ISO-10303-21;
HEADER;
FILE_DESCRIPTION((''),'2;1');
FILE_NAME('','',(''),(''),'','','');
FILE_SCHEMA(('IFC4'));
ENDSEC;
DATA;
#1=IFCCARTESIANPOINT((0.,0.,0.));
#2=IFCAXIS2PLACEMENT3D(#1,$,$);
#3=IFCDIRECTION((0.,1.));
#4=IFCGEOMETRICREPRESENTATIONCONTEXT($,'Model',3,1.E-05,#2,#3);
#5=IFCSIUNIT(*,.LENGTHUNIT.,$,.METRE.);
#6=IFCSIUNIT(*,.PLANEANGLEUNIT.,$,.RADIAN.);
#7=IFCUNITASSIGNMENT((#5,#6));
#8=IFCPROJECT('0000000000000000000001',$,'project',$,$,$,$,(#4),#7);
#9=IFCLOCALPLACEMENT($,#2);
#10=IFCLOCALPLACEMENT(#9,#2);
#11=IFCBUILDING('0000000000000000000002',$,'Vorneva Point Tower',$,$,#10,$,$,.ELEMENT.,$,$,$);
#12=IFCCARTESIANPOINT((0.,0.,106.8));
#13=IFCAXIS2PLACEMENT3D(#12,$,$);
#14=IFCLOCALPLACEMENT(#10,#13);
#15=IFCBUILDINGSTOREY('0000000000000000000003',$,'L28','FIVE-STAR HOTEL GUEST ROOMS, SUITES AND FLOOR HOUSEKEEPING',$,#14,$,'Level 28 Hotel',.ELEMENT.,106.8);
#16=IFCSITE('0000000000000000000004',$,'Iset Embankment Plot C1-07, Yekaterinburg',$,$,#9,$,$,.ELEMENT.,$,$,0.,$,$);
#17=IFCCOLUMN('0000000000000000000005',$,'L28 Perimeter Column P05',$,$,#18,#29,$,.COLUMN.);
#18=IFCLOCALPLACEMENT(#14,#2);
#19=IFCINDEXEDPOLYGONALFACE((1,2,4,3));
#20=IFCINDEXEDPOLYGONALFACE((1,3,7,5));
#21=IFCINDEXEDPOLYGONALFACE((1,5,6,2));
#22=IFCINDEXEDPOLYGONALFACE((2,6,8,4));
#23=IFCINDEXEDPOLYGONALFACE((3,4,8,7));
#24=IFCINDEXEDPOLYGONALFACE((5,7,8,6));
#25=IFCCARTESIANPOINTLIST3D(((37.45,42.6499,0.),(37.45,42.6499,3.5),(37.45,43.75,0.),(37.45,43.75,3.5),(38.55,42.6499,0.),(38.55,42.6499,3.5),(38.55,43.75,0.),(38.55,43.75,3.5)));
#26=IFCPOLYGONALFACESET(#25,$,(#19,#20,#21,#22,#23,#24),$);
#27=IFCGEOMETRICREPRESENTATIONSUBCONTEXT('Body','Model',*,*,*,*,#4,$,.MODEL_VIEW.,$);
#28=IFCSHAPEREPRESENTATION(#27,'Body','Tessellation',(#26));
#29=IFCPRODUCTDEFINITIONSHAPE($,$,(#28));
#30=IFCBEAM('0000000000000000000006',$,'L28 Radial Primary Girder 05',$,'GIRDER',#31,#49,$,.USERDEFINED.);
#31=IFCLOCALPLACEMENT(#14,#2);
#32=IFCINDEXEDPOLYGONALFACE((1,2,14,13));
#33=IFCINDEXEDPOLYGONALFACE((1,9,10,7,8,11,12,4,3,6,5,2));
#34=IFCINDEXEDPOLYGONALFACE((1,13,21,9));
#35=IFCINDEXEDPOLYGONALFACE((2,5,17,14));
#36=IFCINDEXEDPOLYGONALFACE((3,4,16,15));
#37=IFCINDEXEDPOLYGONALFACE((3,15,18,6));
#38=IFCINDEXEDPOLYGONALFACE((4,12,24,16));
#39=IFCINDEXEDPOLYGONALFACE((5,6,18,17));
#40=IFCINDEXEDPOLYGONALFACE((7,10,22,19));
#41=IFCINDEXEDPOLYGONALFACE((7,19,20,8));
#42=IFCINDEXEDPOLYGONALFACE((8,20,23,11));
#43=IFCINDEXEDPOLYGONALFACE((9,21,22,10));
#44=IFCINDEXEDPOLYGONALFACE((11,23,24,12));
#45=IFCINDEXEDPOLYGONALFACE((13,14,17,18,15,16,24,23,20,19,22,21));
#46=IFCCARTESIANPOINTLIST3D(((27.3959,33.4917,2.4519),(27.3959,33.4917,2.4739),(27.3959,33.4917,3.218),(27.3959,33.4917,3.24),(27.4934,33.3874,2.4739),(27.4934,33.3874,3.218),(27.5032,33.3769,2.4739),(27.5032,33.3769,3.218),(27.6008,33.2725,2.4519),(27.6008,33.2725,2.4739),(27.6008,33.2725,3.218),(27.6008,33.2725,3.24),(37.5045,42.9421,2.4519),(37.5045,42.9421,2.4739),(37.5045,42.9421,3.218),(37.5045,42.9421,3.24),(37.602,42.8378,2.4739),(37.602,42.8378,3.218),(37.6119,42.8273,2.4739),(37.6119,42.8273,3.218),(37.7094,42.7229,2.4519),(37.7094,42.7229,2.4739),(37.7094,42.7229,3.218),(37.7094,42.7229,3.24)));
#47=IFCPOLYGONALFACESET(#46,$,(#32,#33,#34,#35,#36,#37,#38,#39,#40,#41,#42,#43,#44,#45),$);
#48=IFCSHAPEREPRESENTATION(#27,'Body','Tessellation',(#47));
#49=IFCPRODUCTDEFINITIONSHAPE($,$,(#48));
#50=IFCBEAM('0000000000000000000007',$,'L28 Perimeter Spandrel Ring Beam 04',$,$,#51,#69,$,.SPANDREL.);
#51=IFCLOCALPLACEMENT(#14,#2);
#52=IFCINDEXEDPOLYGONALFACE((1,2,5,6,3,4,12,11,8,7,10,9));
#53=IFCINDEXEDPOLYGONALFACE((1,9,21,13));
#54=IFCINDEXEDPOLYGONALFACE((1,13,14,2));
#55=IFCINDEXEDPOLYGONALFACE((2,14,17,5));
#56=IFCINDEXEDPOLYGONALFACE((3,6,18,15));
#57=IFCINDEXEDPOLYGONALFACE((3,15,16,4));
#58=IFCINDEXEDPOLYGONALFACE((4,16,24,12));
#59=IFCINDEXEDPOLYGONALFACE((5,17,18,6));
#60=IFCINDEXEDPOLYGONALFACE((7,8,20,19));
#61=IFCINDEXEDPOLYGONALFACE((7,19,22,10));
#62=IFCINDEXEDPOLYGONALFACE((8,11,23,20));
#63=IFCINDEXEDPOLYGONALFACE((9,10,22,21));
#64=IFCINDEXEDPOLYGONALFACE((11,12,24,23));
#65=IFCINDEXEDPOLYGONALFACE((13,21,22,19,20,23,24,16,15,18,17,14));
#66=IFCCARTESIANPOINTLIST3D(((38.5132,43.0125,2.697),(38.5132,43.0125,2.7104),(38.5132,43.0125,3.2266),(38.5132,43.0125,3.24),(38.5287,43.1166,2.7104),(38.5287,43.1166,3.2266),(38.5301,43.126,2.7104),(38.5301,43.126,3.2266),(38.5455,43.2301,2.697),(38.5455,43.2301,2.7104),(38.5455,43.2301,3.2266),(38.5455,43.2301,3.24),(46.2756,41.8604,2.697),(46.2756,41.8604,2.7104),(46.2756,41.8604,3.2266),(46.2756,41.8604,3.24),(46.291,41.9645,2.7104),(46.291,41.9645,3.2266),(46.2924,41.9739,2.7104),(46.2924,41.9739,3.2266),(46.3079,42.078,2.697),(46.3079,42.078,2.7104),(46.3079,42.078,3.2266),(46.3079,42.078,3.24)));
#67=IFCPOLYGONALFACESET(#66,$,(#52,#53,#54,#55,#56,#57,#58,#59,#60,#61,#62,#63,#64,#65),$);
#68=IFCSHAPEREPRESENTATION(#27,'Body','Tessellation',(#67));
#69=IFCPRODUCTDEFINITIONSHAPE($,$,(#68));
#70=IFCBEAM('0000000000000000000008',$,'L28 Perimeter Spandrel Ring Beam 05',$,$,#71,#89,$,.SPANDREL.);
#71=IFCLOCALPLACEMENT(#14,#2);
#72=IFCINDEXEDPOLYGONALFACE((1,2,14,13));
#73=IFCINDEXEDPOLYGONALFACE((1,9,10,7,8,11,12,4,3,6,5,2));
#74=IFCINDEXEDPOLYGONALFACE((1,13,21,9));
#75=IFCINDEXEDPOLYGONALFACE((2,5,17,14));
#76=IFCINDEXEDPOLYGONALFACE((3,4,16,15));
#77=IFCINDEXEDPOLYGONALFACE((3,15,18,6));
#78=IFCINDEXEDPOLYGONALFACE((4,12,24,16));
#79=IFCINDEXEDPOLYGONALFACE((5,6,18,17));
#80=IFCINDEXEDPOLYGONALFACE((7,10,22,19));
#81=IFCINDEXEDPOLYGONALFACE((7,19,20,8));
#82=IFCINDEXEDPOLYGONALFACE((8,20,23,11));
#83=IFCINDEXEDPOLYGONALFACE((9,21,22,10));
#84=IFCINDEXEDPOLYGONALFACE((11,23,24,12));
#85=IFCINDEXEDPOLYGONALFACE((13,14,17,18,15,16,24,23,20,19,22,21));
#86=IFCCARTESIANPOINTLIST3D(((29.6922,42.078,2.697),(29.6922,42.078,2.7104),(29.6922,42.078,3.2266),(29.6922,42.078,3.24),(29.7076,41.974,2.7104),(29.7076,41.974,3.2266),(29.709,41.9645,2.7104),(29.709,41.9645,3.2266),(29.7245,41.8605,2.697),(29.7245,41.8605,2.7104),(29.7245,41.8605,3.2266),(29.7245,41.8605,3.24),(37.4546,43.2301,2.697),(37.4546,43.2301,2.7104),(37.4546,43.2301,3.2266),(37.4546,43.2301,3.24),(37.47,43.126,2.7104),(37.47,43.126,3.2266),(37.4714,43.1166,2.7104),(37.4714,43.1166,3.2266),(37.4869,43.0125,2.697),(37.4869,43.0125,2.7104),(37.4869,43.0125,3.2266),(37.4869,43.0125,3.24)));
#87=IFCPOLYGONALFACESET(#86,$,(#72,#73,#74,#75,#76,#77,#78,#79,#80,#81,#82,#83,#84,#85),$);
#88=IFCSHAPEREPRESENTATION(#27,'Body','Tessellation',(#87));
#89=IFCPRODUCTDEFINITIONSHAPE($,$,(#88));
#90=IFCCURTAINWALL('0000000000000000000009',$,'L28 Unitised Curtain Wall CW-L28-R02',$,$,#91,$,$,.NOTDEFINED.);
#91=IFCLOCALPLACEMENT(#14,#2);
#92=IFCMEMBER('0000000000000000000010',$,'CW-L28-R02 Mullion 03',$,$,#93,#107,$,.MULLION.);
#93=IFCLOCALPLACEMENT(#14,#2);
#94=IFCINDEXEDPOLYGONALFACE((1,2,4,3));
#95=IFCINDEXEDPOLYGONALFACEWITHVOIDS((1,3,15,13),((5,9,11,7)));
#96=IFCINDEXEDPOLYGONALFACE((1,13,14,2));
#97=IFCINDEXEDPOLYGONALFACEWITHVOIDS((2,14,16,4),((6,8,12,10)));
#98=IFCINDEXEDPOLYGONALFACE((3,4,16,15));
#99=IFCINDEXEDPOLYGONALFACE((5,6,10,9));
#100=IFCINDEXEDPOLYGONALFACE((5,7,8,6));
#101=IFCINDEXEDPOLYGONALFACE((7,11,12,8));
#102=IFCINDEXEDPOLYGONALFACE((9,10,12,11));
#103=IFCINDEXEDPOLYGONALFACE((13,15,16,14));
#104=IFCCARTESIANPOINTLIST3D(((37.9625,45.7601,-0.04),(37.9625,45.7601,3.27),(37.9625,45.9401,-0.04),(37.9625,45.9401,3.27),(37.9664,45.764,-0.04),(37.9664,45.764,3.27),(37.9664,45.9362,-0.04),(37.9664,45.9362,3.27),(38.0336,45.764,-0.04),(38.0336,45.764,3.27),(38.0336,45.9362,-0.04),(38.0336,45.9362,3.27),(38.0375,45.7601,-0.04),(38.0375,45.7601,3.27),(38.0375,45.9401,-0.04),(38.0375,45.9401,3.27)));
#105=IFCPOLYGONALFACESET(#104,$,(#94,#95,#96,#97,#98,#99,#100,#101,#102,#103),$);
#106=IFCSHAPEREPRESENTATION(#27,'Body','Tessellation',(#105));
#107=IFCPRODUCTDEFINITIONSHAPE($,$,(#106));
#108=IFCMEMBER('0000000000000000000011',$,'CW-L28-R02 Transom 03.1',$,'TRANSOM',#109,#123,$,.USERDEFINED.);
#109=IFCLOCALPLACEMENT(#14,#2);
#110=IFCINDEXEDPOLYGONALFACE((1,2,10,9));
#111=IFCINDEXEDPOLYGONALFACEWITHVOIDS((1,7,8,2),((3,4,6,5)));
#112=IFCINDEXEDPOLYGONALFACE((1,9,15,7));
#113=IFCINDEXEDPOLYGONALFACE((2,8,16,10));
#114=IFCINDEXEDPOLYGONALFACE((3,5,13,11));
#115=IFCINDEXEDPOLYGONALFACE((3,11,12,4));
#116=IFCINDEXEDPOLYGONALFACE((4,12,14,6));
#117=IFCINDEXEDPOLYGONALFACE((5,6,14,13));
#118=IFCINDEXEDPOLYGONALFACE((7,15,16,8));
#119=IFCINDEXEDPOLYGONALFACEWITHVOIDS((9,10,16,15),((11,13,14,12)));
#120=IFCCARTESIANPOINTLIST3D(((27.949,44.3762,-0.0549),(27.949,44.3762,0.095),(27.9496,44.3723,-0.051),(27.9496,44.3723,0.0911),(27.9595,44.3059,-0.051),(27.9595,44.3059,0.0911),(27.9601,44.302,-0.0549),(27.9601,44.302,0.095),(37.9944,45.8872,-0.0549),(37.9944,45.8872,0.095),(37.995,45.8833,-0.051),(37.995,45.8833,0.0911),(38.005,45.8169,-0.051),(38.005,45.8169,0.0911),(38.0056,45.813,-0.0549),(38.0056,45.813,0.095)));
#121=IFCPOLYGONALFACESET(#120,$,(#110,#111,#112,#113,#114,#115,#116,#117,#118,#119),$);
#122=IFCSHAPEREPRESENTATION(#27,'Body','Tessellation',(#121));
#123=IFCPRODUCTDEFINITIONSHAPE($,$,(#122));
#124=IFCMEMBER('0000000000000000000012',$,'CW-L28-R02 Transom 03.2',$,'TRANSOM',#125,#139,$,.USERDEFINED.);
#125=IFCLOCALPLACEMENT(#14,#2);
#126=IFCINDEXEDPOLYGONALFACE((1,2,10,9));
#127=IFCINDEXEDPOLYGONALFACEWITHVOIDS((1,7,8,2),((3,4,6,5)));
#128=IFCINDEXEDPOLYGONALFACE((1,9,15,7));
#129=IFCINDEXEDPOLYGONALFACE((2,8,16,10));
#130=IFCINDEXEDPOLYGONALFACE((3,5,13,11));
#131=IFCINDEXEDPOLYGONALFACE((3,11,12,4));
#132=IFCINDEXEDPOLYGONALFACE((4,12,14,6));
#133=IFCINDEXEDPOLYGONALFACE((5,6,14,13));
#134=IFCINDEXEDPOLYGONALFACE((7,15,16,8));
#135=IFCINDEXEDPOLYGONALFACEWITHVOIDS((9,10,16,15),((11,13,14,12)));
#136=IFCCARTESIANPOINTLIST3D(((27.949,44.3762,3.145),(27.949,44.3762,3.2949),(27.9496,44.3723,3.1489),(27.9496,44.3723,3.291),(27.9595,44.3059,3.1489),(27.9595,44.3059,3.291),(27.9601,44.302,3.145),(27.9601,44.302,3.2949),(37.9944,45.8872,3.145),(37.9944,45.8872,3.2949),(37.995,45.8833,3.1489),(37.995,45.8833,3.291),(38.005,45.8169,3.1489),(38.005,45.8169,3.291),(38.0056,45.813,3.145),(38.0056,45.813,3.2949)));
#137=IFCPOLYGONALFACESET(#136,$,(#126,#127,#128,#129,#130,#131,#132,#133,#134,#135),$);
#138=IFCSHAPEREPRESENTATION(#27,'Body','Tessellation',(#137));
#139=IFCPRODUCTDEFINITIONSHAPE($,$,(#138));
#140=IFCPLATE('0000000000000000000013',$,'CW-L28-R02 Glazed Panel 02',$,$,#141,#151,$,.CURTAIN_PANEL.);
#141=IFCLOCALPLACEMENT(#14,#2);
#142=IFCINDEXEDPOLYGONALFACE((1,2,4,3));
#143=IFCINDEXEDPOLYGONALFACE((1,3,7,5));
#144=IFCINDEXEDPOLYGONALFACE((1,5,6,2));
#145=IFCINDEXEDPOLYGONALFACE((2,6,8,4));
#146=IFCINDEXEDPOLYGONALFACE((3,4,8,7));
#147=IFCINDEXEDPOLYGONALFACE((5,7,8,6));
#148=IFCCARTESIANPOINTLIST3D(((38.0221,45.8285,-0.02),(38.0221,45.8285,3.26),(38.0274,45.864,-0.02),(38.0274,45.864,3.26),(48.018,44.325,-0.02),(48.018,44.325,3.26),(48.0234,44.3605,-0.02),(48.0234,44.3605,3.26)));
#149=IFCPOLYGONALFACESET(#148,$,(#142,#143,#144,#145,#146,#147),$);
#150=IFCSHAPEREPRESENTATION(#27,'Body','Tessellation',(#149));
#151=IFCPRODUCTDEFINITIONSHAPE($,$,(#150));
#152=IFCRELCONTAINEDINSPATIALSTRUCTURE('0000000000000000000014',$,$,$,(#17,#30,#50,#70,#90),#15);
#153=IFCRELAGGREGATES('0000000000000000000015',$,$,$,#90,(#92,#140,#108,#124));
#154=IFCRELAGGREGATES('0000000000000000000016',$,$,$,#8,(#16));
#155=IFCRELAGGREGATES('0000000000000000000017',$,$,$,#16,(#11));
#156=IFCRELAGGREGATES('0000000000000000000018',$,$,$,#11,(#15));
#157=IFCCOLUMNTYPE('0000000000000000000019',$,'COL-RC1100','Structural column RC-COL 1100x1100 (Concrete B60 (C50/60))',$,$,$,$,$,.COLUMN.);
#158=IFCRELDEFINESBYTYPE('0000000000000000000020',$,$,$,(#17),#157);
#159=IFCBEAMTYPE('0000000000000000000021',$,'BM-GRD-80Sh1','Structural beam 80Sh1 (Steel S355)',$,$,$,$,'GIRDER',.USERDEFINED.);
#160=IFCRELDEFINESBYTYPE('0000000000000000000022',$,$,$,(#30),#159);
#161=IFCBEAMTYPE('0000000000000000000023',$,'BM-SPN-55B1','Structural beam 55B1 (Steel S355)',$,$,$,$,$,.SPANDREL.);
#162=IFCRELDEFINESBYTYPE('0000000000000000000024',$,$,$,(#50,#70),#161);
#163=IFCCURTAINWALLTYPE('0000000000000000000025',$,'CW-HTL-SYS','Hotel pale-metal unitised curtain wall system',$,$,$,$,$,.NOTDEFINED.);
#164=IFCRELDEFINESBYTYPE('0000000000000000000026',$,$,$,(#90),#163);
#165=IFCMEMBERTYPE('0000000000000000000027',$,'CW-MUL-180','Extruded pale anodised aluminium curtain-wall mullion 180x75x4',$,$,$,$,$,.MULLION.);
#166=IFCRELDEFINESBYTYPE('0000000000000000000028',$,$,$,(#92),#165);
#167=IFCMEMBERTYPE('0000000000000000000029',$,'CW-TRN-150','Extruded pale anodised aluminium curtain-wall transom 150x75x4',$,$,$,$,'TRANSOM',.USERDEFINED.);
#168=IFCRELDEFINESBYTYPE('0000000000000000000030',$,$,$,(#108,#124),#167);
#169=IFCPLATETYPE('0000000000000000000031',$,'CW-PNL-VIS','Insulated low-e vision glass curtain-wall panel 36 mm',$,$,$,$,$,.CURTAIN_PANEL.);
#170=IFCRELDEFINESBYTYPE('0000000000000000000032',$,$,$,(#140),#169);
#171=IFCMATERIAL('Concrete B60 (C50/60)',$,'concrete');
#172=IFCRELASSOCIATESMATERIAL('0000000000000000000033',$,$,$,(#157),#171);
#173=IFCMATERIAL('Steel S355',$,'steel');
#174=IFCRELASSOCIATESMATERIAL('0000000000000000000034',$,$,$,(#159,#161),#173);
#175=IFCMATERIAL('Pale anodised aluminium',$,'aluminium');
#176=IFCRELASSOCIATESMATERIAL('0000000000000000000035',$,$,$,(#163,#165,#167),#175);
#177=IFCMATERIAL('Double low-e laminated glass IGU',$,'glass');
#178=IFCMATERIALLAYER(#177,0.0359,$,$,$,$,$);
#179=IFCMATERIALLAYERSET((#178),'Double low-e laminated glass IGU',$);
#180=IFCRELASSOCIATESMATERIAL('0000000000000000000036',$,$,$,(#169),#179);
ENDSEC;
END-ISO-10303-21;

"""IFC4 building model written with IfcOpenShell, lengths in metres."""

from ifc_helpers import new_model, si_unit, direction, frame, origin, origin_2d, place, context, subcontext, project, spatial, rectangle, hollow_rectangle, i_section, extrude, material, layer, layer_set, material_profile, profile_set, type_object, element, aggregate, save


model = new_model("IFC4")

# Units and contexts
model_context = context("Model", 3, precision=1e-05, world=origin(), true_north=direction((0.0, 1.0)))
body_context = subcontext(model_context, "Body", "Model", "MODEL_VIEW")
ifc_project = project(units=[si_unit("LENGTHUNIT", "METRE"), si_unit("PLANEANGLEUNIT", "RADIAN")], contexts=[model_context])

# Site, building, storey
site_placement = place(None, origin())
site = spatial("IfcSite", under=ifc_project, at=site_placement, Name="Iset Embankment Plot C1-07, Yekaterinburg", CompositionType="ELEMENT", RefElevation=0.0)
building_placement = place(site_placement, origin())
building = spatial("IfcBuilding", under=site, at=building_placement, Name="Vorneva Point Tower", CompositionType="ELEMENT")
storey_placement = place(building_placement, frame((0.0, 0.0, 106.8)))
storey = spatial("IfcBuildingStorey", under=building, at=storey_placement, Name="L28", Description="FIVE-STAR HOTEL GUEST ROOMS, SUITES AND FLOOR HOUSEKEEPING", LongName="Level 28 Hotel", CompositionType="ELEMENT", Elevation=106.8)

# Column
ifc_material_1 = material(Name="Concrete B60 (C50/60)", Category="concrete")
ifc_material_profile_1 = material_profile(ifc_material_1, rectangle(XDim=1.1001, YDim=1.1001, at=origin_2d()), Name="RC-COL 1100x1100")
ifc_profile_set_1 = profile_set([ifc_material_profile_1], Name="Concrete B60 (C50/60)")
column_type = type_object("IfcColumnType", Name="COL-RC1100", Description="Structural column RC-COL 1100x1100 (Concrete B60 (C50/60))", PredefinedType="COLUMN", material=ifc_profile_set_1)
column_placement = place(storey_placement, frame((38.0, 43.2, 0.0), z_axis=(0.0, 0.0, 1.0), x_axis=(0.0, 1.0, 0.0)))
element("IfcColumn", 1, at=column_placement, inside=storey, type_object=column_type, Name="L28 Perimeter Column P05", PredefinedType="COLUMN", context=body_context, shape_type="SweptSolid", body=[
    extrude(rectangle(XDim=1.1001, YDim=1.1001, at=origin_2d()), origin(), (0.0, 0.0, 1.0), 3.5),
])

# Beams
ifc_material_2 = material(Name="Steel S355", Category="steel")
ifc_material_profile_2 = material_profile(ifc_material_2, i_section(OverallWidth=0.3, OverallDepth=0.7881, WebThickness=0.0144, FlangeThickness=0.022, at=origin_2d()), Name="80Sh1")
ifc_profile_set_2 = profile_set([ifc_material_profile_2], Name="Steel S355")
beam_type_1 = type_object("IfcBeamType", Name="BM-GRD-80Sh1", Description="Structural beam 80Sh1 (Steel S355)", ElementType="GIRDER", PredefinedType="USERDEFINED", material=ifc_profile_set_2)
beam_placement = place(storey_placement, frame((37.6069, 42.8325, 2.8459), z_axis=(-0.730489, -0.682925, 0.0), x_axis=(0.682925, -0.730489, 0.0)))
element("IfcBeam", 2, at=beam_placement, inside=storey, type_object=beam_type_1, Name="L28 Radial Primary Girder 05", ObjectType="GIRDER", PredefinedType="USERDEFINED", context=body_context, shape_type="SweptSolid", body=[
    extrude(i_section(OverallWidth=0.3, OverallDepth=0.7881, WebThickness=0.0144, FlangeThickness=0.022, at=origin_2d()), origin(), (0.0, 0.0, 1.0), 13.8381),
])
ifc_material_profile_3 = material_profile(ifc_material_2, i_section(OverallWidth=0.22, OverallDepth=0.543, WebThickness=0.0095, FlangeThickness=0.0134, at=origin_2d()), Name="55B1")
ifc_profile_set_3 = profile_set([ifc_material_profile_3], Name="Steel S355")
beam_type_2 = type_object("IfcBeamType", Name="BM-SPN-55B1", Description="Structural beam 55B1 (Steel S355)", PredefinedType="SPANDREL", material=ifc_profile_set_3)
for number, where, z_axis, x_axis, name in (
    (3, (46.2917, 41.9692, 2.9685), (-0.989165, 0.146811, 0.0), (-0.146811, -0.989165, 0.0), "L28 Perimeter Spandrel Ring Beam 04"),
    (4, (37.4707, 43.1213, 2.9685), (-0.989165, -0.146811, 0.0), (0.146811, -0.989165, 0.0), "L28 Perimeter Spandrel Ring Beam 05"),
):
    element("IfcBeam", number, at=place(storey_placement, frame(where, z_axis=z_axis, x_axis=x_axis)), inside=storey, type_object=beam_type_2, Name=name, PredefinedType="SPANDREL", context=body_context, shape_type="SweptSolid", body=[
        extrude(i_section(OverallWidth=0.22, OverallDepth=0.543, WebThickness=0.0095, FlangeThickness=0.0134, at=origin_2d()), origin(), (0.0, 0.0, 1.0), 7.8474),
    ])

# Curtain wall, members, plate
ifc_material_3 = material(Name="Pale anodised aluminium", Category="aluminium")
curtain_wall_type = type_object("IfcCurtainWallType", Name="CW-HTL-SYS", Description="Hotel pale-metal unitised curtain wall system", PredefinedType="NOTDEFINED", material=ifc_material_3)
curtain_wall_placement = place(storey_placement, origin())
curtain_wall = element("IfcCurtainWall", 5, at=curtain_wall_placement, inside=storey, type_object=curtain_wall_type, Name="L28 Unitised Curtain Wall CW-L28-R02", PredefinedType="NOTDEFINED")
ifc_material_profile_4 = material_profile(ifc_material_3, hollow_rectangle(XDim=0.075, YDim=0.1799, WallThickness=0.0039, at=origin_2d()), Name="AL-MUL 180x75x4")
ifc_profile_set_4 = profile_set([ifc_material_profile_4], Name="Pale anodised aluminium")
member_type_1 = type_object("IfcMemberType", Name="CW-MUL-180", Description="Extruded pale anodised aluminium curtain-wall mullion 180x75x4", PredefinedType="MULLION", material=ifc_profile_set_4)
member_1_placement = place(storey_placement, frame((38.0, 45.8501, -0.04), z_axis=(0.0, 0.0, 1.0), x_axis=(1.0, 0.0, 0.0)))
member_1 = element("IfcMember", 6, at=member_1_placement, type_object=member_type_1, Name="CW-L28-R02 Mullion 03", PredefinedType="MULLION", context=body_context, shape_type="SweptSolid", body=[
    extrude(hollow_rectangle(XDim=0.075, YDim=0.1799, WallThickness=0.0039, at=origin_2d()), origin(), (0.0, 0.0, 1.0), 3.3101),
])
ifc_material_profile_5 = material_profile(ifc_material_3, hollow_rectangle(XDim=0.075, YDim=0.1499, WallThickness=0.0039, at=origin_2d()), Name="AL-TRN 150x75x4")
ifc_profile_set_5 = profile_set([ifc_material_profile_5], Name="Pale anodised aluminium")
member_type_2 = type_object("IfcMemberType", Name="CW-TRN-150", Description="Extruded pale anodised aluminium curtain-wall transom 150x75x4", ElementType="TRANSOM", PredefinedType="USERDEFINED", material=ifc_profile_set_5)
member_2_placement = place(storey_placement, frame((38.0, 45.8501, 0.02), z_axis=(-0.988876, -0.148742, 0.0), x_axis=(0.148742, -0.988876, 0.0)))
member_2 = element("IfcMember", 7, at=member_2_placement, type_object=member_type_2, Name="CW-L28-R02 Transom 03.1", ObjectType="TRANSOM", PredefinedType="USERDEFINED", context=body_context, shape_type="SweptSolid", body=[
    extrude(hollow_rectangle(XDim=0.075, YDim=0.1499, WallThickness=0.0039, at=origin_2d()), origin(), (0.0, 0.0, 1.0), 10.1584),
])
member_3_placement = place(storey_placement, frame((38.0, 45.8501, 3.22), z_axis=(-0.988876, -0.148742, 0.0), x_axis=(0.148742, -0.988876, 0.0)))
member_3 = element("IfcMember", 8, at=member_3_placement, type_object=member_type_2, Name="CW-L28-R02 Transom 03.2", ObjectType="TRANSOM", PredefinedType="USERDEFINED", context=body_context, shape_type="SweptSolid", body=[
    extrude(hollow_rectangle(XDim=0.075, YDim=0.1499, WallThickness=0.0039, at=origin_2d()), origin(), (0.0, 0.0, 1.0), 10.1584),
])
ifc_material_4 = material(Name="Double low-e laminated glass IGU", Category="glass")
ifc_layer_1 = layer(ifc_material_4, 0.0359)
ifc_layer_set_1 = layer_set([ifc_layer_1], Name="Double low-e laminated glass IGU")
plate_type = type_object("IfcPlateType", Name="CW-PNL-VIS", Description="Insulated low-e vision glass curtain-wall panel 36 mm", PredefinedType="CURTAIN_PANEL", material=ifc_layer_set_1)
plate_placement = place(storey_placement, frame((43.0227, 45.0945, -0.02), z_axis=(0.0, 0.0, 1.0), x_axis=(-0.988876, 0.148741, 0.0)))
plate = element("IfcPlate", 9, at=plate_placement, type_object=plate_type, Name="CW-L28-R02 Glazed Panel 02", PredefinedType="CURTAIN_PANEL", context=body_context, shape_type="SweptSolid", body=[
    extrude(rectangle(XDim=10.1084, YDim=0.0359, at=origin_2d()), origin(), (0.0, 0.0, 1.0), 3.28),
])
aggregate(curtain_wall, [member_1, plate, member_2, member_3])

save(model, "model.ifc")
